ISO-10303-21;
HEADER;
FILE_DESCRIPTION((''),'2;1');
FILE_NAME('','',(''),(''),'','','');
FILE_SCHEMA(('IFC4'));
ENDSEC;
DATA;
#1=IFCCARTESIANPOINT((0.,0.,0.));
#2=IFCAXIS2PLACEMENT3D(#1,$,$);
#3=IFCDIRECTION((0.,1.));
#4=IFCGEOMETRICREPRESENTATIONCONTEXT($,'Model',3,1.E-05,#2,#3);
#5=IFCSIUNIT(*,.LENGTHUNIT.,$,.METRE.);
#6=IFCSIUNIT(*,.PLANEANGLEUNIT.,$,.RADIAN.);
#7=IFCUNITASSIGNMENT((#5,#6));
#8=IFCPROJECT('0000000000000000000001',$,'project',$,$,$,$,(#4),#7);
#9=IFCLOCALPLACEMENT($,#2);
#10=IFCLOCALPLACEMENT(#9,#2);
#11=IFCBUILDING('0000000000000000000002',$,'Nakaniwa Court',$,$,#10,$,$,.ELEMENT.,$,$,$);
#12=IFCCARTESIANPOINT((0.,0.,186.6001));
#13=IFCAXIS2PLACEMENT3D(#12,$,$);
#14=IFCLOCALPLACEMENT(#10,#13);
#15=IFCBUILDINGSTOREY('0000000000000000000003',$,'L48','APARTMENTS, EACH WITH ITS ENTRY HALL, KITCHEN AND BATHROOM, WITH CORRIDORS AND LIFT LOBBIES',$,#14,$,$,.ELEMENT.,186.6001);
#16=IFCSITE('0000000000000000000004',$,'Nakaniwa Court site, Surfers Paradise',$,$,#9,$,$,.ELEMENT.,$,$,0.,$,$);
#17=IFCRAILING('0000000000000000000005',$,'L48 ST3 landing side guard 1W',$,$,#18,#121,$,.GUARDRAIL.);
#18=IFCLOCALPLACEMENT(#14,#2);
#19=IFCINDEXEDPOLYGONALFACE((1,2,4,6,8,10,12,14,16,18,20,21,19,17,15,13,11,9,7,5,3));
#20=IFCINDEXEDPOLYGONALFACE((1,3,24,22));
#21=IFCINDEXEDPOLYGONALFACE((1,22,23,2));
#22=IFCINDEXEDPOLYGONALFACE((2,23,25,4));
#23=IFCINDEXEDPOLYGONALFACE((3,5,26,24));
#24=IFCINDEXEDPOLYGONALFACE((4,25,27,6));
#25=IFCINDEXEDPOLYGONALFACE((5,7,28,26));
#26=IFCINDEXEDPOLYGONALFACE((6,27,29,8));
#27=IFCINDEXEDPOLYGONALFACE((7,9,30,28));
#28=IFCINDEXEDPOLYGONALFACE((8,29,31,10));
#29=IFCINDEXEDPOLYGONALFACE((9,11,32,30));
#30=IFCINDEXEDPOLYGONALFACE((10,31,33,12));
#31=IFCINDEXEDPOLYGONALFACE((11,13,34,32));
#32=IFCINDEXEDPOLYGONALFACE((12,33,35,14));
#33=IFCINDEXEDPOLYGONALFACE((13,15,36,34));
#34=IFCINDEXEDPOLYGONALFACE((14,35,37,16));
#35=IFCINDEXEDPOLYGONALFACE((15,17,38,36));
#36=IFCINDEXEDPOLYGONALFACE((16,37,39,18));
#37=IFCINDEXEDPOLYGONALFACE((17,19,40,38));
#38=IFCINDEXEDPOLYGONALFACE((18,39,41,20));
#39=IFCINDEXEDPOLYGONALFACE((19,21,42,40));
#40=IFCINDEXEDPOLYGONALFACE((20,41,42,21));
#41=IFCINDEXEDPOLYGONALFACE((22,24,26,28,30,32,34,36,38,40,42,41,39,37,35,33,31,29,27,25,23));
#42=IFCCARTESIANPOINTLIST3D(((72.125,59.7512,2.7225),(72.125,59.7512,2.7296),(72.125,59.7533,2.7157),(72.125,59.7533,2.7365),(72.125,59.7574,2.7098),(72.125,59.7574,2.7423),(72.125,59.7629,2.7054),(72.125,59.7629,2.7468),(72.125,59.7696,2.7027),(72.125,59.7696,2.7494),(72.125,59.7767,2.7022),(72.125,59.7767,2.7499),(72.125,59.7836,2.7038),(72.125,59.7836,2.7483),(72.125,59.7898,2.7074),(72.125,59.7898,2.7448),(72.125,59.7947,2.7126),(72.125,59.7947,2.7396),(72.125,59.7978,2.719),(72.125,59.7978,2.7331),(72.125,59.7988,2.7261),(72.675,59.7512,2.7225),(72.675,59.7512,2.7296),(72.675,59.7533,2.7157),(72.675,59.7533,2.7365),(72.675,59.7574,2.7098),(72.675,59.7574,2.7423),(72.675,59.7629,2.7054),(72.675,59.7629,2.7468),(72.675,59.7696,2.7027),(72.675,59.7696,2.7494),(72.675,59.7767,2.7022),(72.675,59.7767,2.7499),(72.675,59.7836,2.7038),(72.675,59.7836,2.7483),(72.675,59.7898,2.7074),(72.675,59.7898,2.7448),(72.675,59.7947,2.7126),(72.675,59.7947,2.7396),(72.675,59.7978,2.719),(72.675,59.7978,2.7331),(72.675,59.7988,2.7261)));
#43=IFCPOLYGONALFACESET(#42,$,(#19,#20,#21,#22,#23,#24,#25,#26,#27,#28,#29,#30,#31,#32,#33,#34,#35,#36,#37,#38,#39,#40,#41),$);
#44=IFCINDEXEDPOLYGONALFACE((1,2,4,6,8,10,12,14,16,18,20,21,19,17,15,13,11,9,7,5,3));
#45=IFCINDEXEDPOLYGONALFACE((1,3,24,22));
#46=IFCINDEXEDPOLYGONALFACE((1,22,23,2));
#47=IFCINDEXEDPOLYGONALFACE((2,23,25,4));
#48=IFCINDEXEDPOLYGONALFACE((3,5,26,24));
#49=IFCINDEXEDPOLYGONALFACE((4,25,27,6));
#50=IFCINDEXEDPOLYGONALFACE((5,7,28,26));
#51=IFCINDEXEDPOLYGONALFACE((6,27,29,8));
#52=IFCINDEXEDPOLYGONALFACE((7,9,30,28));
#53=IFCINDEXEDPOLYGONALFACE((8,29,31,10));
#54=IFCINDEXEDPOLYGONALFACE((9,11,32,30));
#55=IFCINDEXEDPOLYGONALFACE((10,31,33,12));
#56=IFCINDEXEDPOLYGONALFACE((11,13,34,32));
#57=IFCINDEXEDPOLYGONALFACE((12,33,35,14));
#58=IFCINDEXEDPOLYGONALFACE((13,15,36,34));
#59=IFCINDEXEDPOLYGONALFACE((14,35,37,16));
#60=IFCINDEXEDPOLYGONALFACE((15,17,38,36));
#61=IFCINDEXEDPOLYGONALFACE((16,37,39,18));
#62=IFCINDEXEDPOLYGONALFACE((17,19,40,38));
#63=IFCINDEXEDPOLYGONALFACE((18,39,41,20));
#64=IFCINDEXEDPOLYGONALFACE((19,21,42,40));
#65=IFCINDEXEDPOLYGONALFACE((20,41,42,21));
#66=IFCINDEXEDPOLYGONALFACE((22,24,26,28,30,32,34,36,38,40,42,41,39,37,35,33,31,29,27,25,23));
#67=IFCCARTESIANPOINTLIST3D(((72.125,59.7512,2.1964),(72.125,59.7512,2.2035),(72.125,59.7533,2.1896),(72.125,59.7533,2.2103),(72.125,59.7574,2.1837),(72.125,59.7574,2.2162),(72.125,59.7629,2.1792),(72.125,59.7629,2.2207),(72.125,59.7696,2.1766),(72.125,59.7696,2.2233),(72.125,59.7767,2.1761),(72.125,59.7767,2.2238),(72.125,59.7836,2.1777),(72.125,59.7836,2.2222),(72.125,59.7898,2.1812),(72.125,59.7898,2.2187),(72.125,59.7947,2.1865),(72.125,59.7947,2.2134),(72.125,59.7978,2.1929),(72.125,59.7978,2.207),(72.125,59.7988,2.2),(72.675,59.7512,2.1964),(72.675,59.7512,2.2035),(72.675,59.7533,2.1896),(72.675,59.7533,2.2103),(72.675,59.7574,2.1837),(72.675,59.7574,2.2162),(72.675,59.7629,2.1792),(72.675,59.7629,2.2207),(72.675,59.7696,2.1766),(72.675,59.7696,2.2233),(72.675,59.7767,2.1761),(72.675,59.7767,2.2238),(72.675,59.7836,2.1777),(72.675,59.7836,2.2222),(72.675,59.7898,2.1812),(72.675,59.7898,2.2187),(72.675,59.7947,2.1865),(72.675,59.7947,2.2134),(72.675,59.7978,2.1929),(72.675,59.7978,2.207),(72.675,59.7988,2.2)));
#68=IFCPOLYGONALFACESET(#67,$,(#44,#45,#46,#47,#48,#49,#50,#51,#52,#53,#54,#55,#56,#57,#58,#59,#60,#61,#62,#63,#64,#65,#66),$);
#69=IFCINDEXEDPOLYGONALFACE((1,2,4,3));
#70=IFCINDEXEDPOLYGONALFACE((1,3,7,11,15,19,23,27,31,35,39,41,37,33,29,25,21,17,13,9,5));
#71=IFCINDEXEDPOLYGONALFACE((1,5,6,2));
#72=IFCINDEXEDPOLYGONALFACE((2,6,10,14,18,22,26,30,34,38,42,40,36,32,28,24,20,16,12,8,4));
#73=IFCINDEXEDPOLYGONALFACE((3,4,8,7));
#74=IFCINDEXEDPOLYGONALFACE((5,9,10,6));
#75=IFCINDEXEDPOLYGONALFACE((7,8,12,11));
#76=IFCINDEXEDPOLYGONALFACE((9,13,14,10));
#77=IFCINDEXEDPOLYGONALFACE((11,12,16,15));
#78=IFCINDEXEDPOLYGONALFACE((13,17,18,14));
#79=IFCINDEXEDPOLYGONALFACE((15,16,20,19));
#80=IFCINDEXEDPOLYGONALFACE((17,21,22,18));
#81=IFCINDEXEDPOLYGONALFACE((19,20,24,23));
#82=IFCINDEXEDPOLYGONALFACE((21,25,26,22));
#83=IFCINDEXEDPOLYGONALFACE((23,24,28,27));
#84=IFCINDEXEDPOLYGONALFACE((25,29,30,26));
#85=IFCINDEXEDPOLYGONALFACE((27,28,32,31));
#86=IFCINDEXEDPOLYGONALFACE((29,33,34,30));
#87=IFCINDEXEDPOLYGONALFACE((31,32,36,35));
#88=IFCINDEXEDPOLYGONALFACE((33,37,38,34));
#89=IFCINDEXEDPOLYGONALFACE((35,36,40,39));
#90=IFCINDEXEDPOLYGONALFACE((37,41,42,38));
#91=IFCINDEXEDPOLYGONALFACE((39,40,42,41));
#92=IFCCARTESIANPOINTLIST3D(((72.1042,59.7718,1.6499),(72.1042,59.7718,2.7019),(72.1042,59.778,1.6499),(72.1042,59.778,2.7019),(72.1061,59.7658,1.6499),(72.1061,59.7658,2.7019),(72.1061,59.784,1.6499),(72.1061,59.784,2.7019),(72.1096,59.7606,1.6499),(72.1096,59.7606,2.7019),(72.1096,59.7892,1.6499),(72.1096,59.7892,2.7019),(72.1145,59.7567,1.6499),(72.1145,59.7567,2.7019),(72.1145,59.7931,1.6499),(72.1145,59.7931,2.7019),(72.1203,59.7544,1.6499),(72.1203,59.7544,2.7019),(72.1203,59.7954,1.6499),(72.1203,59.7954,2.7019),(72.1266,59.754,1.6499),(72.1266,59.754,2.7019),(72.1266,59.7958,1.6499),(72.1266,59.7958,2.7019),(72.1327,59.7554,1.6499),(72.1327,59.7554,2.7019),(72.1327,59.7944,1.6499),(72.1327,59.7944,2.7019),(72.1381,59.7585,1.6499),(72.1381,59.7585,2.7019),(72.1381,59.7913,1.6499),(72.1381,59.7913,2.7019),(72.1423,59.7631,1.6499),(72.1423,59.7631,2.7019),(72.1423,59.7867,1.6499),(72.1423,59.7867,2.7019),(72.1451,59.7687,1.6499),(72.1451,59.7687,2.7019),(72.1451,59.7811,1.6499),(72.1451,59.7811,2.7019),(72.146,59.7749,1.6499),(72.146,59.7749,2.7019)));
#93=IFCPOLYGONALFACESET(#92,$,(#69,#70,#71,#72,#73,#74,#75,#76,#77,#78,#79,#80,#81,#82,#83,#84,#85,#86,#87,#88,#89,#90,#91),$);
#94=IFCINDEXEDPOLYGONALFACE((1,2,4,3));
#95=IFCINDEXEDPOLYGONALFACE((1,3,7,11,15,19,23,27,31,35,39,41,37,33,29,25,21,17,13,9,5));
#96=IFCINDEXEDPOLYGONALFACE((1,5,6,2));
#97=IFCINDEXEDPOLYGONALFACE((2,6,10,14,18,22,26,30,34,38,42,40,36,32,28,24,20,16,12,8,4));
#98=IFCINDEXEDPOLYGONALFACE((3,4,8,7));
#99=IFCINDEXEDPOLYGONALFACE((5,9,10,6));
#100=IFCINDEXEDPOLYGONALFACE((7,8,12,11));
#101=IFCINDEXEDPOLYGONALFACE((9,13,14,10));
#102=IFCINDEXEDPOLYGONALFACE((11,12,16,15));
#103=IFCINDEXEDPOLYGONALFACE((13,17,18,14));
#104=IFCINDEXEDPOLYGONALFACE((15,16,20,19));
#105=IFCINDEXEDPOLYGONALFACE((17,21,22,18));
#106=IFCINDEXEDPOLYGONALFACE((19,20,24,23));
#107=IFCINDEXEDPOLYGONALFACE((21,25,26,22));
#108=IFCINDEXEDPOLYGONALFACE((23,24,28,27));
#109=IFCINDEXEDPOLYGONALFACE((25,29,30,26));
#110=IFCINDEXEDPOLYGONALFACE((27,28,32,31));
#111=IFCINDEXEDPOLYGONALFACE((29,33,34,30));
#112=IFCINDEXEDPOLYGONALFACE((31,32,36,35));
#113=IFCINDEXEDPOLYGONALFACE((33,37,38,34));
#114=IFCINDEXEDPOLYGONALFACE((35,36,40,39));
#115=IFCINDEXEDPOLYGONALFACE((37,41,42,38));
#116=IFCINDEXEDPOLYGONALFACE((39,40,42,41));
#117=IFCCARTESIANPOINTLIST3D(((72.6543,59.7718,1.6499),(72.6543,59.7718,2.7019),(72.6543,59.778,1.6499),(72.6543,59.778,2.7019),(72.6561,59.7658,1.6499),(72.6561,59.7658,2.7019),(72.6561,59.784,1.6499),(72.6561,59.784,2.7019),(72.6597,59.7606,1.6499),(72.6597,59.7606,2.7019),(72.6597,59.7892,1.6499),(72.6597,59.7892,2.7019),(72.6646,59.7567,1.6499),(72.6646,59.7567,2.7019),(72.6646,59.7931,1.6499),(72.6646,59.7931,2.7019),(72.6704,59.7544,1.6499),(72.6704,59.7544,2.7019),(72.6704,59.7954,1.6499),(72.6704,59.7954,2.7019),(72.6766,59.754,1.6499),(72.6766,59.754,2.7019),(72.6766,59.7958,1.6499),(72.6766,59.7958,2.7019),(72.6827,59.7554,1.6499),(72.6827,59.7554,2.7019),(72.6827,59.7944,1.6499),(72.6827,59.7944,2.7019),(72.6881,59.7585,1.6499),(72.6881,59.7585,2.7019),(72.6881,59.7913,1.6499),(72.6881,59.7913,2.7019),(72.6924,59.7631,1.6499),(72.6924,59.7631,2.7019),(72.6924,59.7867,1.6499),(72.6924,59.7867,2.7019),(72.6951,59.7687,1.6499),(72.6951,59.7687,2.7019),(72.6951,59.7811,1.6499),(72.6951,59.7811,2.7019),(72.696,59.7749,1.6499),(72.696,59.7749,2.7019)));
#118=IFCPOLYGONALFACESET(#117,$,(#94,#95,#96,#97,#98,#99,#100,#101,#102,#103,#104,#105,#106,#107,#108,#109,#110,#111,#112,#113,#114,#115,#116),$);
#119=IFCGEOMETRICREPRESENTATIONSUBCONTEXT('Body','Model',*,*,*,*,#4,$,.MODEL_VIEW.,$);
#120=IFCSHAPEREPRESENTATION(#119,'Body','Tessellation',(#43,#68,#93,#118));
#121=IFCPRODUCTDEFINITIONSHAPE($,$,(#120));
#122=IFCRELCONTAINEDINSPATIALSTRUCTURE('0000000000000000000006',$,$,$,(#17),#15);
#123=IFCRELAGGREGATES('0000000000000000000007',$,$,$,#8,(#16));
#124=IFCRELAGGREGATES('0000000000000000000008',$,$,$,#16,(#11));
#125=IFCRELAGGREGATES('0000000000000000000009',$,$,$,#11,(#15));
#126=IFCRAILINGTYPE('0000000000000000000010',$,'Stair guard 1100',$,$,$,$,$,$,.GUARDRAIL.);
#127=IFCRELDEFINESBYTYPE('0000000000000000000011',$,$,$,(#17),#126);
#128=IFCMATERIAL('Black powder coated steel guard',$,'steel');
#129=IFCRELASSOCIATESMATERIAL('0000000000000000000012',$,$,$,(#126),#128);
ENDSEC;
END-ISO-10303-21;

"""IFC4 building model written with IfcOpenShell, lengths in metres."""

from ifc_helpers import new_model, si_unit, direction, frame, origin, origin_2d, place, context, subcontext, project, spatial, circle, extrude, material, type_object, element, save


model = new_model("IFC4")

# Units and contexts
model_context = context("Model", 3, precision=1e-05, world=origin(), true_north=direction((0.0, 1.0)))
body_context = subcontext(model_context, "Body", "Model", "MODEL_VIEW")
ifc_project = project(units=[si_unit("LENGTHUNIT", "METRE"), si_unit("PLANEANGLEUNIT", "RADIAN")], contexts=[model_context])

# Site, building, storey
site_placement = place(None, origin())
site = spatial("IfcSite", under=ifc_project, at=site_placement, Name="Nakaniwa Court site, Surfers Paradise", CompositionType="ELEMENT", RefElevation=0.0)
building_placement = place(site_placement, origin())
building = spatial("IfcBuilding", under=site, at=building_placement, Name="Nakaniwa Court", CompositionType="ELEMENT")
storey_placement = place(building_placement, frame((0.0, 0.0, 186.6001)))
storey = spatial("IfcBuildingStorey", under=building, at=storey_placement, Name="L48", Description="APARTMENTS, EACH WITH ITS ENTRY HALL, KITCHEN AND BATHROOM, WITH CORRIDORS AND LIFT LOBBIES", CompositionType="ELEMENT", Elevation=186.6001)

# Railing
ifc_material_1 = material(Name="Black powder coated steel guard", Category="steel")
railing_type_1 = type_object("IfcRailingType", Name="Stair guard 1100", PredefinedType="GUARDRAIL", material=ifc_material_1)
for number, where, name in (
    (1, (72.125, 59.7749, 1.6499), "L48 ST3 landing side guard 1W"),
):
    element("IfcRailing", number, at=place(storey_placement, frame(where)), inside=storey, type_object=railing_type_1, Name=name, PredefinedType="GUARDRAIL", context=body_context, shape_type="SweptSolid", body=[
        extrude(circle(Radius=0.0239, at=origin_2d()), frame((0.0, 0.0, 1.0762), z_axis=(1.0, 0.0, 0.0), x_axis=(0.0, 1.0, 0.0)), (0.0, 0.0, 1.0), 0.55),
        extrude(circle(Radius=0.0239, at=origin_2d()), frame((0.0, 0.0, 0.55), z_axis=(1.0, 0.0, 0.0), x_axis=(0.0, 1.0, 0.0)), (0.0, 0.0, 1.0), 0.55),
        extrude(circle(Radius=0.021, at=origin_2d()), origin(), (0.0, 0.0, 1.0), 1.052),
        extrude(circle(Radius=0.021, at=origin_2d()), frame((0.55, 0.0, 0.0)), (0.0, 0.0, 1.0), 1.052),
    ])

save(model, "model.ifc")
